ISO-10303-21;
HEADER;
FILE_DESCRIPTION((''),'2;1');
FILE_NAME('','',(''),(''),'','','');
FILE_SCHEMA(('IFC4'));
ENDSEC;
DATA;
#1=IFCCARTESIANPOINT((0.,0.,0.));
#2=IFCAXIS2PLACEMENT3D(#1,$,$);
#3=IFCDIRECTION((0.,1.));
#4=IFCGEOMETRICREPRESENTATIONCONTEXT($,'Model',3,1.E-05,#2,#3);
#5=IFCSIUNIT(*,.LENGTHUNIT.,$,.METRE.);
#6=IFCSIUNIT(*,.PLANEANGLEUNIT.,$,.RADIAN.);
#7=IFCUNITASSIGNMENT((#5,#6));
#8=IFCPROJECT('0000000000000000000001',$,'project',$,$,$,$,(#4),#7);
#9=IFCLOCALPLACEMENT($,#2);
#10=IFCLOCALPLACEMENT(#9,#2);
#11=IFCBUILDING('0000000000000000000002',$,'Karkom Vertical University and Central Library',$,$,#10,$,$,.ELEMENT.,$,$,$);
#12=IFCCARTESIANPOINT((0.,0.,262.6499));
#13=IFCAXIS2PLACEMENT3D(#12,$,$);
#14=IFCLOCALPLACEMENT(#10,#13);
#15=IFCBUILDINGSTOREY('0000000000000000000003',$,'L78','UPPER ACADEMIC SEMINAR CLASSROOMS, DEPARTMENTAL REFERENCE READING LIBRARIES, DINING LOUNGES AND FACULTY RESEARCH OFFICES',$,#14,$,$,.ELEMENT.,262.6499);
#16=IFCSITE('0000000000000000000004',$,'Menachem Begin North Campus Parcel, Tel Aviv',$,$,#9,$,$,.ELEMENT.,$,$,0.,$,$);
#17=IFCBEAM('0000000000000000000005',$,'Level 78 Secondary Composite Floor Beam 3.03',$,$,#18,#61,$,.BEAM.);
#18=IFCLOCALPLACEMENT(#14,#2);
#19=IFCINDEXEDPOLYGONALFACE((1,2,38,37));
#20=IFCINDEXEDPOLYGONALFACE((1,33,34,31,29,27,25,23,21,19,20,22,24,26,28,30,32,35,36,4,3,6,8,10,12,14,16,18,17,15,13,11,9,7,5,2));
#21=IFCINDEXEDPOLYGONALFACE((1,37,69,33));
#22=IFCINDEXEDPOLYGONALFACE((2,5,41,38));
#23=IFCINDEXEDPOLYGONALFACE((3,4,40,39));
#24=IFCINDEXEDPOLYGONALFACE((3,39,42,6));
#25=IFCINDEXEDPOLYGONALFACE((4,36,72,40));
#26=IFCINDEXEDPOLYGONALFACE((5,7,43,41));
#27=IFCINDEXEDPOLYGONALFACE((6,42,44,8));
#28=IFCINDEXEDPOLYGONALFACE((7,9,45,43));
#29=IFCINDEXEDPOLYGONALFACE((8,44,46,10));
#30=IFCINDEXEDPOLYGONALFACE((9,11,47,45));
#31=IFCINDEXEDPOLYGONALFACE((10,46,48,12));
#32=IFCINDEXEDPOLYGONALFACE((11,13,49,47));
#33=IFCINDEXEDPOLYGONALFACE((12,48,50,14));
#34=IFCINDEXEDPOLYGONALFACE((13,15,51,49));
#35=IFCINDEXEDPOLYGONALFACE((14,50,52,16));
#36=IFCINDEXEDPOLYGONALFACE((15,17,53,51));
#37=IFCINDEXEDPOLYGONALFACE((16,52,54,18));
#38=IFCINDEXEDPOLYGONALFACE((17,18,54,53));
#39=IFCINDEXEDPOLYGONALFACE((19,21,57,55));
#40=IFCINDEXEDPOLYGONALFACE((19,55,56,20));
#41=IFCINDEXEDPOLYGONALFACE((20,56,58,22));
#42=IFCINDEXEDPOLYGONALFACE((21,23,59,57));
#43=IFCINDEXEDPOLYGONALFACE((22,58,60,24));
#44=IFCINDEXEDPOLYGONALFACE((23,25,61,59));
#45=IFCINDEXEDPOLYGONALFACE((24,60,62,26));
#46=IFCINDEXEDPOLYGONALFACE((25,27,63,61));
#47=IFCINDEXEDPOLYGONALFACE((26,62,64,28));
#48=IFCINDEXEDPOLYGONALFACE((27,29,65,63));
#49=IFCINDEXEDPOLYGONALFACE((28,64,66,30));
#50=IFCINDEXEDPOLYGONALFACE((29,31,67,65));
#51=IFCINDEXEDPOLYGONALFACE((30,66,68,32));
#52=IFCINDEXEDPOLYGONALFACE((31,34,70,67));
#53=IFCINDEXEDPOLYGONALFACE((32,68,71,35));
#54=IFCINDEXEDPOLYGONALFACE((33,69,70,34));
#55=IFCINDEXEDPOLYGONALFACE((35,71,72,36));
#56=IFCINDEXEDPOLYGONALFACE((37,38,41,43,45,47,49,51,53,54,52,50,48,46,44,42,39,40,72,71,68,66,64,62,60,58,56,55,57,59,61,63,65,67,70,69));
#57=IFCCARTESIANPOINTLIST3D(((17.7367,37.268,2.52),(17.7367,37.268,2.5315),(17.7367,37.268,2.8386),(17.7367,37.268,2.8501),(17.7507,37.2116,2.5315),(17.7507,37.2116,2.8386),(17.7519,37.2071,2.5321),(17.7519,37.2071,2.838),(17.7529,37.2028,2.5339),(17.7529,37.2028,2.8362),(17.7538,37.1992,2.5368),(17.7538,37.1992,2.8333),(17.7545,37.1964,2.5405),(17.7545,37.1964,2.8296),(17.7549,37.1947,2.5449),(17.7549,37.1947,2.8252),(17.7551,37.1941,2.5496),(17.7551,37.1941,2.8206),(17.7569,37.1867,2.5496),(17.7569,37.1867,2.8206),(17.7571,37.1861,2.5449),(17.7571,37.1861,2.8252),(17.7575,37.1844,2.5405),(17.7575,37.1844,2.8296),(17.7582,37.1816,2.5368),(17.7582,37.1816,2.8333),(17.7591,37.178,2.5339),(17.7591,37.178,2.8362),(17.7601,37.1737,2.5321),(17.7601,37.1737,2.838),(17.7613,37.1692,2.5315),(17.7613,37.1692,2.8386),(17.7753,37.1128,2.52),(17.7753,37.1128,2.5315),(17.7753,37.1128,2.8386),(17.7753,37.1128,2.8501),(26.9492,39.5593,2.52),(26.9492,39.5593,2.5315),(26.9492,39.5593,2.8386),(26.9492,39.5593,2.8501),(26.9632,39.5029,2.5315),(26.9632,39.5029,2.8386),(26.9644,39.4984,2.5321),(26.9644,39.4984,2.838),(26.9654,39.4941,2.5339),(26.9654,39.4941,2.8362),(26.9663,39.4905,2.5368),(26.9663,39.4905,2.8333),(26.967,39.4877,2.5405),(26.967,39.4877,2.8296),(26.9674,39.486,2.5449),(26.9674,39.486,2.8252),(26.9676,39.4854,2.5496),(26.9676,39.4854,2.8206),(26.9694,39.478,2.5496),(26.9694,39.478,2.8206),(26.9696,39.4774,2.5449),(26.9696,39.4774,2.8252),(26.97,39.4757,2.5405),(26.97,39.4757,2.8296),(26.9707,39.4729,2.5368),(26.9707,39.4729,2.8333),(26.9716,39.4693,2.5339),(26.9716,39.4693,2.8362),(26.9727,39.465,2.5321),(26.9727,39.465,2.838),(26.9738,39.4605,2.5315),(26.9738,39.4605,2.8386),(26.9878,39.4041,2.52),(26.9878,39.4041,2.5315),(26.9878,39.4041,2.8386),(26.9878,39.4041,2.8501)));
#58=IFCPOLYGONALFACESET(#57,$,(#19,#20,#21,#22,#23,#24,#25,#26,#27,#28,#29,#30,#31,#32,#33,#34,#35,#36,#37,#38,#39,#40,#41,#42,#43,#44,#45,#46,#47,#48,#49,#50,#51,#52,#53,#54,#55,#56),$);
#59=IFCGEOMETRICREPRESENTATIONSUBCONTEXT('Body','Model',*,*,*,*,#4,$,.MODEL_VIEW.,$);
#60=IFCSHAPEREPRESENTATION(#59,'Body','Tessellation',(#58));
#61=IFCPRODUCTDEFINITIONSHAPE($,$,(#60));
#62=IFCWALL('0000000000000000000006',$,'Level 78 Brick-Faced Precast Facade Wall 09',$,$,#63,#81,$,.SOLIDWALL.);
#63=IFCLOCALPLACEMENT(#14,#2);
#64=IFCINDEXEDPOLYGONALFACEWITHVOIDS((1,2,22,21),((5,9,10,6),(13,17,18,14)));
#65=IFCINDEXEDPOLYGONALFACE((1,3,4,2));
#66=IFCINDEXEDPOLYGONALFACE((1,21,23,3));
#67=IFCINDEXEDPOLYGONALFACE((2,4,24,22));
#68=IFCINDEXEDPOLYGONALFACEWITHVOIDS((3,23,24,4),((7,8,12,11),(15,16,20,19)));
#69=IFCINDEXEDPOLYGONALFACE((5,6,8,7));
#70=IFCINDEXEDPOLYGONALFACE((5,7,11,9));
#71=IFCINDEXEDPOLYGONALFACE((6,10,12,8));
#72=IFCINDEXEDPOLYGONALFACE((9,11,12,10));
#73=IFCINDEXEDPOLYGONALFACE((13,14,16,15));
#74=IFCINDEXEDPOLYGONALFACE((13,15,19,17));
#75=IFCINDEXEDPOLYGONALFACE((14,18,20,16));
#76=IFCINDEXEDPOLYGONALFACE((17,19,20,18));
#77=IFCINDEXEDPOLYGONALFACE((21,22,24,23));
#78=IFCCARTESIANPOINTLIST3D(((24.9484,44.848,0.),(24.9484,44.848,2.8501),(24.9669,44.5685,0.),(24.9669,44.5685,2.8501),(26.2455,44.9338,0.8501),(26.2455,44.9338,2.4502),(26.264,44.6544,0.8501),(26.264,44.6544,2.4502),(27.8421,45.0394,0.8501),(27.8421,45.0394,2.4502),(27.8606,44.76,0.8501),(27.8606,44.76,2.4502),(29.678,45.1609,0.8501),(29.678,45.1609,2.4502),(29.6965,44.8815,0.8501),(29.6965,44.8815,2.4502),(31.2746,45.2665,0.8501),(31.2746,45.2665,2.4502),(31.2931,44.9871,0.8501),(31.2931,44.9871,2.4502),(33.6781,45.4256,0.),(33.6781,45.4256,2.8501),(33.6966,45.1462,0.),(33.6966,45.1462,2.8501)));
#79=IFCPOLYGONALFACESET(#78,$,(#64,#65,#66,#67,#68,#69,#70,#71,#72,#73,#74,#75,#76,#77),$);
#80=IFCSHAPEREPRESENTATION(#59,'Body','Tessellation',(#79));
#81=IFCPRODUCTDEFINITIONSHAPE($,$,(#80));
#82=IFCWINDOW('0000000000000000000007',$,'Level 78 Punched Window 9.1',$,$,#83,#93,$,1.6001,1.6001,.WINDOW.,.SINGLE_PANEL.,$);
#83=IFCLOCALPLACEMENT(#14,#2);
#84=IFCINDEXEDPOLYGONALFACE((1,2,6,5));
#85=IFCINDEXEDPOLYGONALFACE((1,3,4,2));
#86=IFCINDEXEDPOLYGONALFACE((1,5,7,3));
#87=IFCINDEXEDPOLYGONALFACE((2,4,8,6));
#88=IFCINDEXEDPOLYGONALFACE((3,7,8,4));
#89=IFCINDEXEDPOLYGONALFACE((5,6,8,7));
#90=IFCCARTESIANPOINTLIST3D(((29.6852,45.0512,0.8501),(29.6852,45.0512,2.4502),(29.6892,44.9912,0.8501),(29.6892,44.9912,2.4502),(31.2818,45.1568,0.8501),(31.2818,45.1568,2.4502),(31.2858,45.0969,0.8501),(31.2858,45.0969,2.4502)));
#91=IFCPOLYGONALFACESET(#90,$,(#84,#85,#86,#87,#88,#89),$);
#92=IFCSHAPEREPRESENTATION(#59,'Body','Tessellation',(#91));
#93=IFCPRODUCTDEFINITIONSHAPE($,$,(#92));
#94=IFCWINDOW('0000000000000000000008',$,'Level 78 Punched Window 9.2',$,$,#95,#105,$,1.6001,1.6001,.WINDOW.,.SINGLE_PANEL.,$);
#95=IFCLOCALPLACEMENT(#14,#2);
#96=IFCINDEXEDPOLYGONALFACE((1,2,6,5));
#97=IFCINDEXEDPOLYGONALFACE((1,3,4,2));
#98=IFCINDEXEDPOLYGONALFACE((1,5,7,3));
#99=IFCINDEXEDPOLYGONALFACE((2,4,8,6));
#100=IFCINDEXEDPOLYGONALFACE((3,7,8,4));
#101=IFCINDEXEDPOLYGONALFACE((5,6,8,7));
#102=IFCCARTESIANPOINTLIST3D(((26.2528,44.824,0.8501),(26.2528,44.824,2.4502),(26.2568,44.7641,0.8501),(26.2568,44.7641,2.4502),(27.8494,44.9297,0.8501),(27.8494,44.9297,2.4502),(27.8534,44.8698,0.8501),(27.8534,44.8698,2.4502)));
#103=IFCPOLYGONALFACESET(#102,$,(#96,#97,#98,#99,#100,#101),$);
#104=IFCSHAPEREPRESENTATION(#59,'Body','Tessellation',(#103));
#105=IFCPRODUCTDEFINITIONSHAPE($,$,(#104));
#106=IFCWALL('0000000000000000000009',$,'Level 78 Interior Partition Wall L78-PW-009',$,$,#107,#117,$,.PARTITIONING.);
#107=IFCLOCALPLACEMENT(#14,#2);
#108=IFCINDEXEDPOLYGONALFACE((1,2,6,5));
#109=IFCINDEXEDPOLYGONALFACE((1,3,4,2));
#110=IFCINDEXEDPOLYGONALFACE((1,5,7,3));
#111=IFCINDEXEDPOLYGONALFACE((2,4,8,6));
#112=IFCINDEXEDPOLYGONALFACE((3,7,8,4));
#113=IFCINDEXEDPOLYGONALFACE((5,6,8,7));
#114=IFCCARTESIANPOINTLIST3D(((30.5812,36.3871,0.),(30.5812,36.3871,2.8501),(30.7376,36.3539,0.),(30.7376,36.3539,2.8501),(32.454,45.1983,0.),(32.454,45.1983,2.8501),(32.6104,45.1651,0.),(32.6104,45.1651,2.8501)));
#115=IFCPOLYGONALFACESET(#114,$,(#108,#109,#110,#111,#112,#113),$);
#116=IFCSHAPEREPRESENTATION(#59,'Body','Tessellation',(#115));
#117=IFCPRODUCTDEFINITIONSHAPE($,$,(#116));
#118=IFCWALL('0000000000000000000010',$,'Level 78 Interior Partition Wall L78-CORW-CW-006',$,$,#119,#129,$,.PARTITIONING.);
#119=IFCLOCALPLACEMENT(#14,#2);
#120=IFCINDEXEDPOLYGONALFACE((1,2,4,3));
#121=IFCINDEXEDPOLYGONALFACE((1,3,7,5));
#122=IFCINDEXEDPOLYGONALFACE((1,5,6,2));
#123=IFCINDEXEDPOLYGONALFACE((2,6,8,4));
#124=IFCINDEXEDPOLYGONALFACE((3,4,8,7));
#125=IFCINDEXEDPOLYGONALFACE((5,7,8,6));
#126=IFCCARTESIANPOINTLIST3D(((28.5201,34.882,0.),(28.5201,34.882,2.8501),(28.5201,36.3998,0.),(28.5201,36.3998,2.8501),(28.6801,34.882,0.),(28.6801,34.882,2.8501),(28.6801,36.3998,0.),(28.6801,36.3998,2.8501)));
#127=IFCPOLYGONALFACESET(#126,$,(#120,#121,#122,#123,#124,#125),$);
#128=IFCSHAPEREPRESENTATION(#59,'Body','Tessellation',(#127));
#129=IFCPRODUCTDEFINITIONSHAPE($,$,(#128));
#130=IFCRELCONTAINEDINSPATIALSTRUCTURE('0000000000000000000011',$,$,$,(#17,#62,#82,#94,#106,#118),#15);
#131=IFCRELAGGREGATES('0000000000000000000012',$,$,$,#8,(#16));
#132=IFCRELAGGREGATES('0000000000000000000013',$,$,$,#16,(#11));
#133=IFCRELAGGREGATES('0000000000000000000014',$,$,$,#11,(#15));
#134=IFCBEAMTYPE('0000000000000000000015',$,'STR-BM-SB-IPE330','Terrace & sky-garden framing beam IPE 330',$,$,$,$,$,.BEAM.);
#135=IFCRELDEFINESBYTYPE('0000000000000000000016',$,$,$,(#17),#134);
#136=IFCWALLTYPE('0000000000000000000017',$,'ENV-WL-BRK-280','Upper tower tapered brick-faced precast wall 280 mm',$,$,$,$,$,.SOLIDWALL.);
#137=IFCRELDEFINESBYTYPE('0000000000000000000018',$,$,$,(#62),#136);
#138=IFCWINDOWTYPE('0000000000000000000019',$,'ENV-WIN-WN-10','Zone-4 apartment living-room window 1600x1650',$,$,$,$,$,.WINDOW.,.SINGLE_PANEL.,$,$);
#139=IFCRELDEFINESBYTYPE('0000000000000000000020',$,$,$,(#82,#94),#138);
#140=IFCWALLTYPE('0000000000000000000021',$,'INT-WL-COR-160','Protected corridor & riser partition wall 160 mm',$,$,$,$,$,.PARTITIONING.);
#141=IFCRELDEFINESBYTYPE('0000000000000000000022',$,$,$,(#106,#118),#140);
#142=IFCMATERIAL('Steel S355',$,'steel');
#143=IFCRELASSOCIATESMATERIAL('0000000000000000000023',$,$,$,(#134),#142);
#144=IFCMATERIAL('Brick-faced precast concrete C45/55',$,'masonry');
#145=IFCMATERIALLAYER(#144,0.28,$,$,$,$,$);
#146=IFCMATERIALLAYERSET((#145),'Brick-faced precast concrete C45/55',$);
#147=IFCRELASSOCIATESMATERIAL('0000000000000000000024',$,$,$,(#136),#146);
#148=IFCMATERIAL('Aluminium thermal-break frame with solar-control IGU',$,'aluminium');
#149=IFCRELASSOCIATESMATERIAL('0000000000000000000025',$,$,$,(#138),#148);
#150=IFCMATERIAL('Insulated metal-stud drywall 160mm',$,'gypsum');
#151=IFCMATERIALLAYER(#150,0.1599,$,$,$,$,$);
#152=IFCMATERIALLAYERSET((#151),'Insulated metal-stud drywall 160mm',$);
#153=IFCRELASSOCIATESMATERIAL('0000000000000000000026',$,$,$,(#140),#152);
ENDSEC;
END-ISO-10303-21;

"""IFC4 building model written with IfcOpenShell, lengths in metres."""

from ifc_helpers import new_model, si_unit, direction, frame, frame_2d, origin, origin_with_axes, origin_2d, place, context, subcontext, project, spatial, rectangle, i_section, extrude, source, transform, mapped, material, layer, layer_set, material_profile, profile_set, type_object, element, fill, save


model = new_model("IFC4")

# Units and contexts
model_context = context("Model", 3, precision=1e-05, world=origin(), true_north=direction((0.0, 1.0)))
body_context = subcontext(model_context, "Body", "Model", "MODEL_VIEW")
ifc_project = project(units=[si_unit("LENGTHUNIT", "METRE"), si_unit("PLANEANGLEUNIT", "RADIAN")], contexts=[model_context])

# Site, building, storey
site_placement = place(None, origin())
site = spatial("IfcSite", under=ifc_project, at=site_placement, Name="Menachem Begin North Campus Parcel, Tel Aviv", CompositionType="ELEMENT", RefElevation=0.0)
building_placement = place(site_placement, origin())
building = spatial("IfcBuilding", under=site, at=building_placement, Name="Karkom Vertical University and Central Library", CompositionType="ELEMENT")
storey_placement = place(building_placement, frame((0.0, 0.0, 262.6499)))
storey = spatial("IfcBuildingStorey", under=building, at=storey_placement, Name="L78", Description="UPPER ACADEMIC SEMINAR CLASSROOMS, DEPARTMENTAL REFERENCE READING LIBRARIES, DINING LOUNGES AND FACULTY RESEARCH OFFICES", CompositionType="ELEMENT", Elevation=262.6499)

# Beam
ifc_material_1 = material(Name="Steel S355", Category="steel")
ifc_material_profile_1 = material_profile(ifc_material_1, i_section(OverallWidth=0.1599, OverallDepth=0.3301, WebThickness=0.0076, FlangeThickness=0.0115, FilletRadius=0.0181, at=origin_2d()), Name="IPE 330")
ifc_profile_set_1 = profile_set([ifc_material_profile_1], Name="Steel S355")
beam_type_1 = type_object("IfcBeamType", Name="STR-BM-SB-IPE330", Description="Terrace & sky-garden framing beam IPE 330", PredefinedType="BEAM", material=ifc_profile_set_1)
shared_shape_1 = source(origin_with_axes(), body_context, "Body", "SweptSolid", [
    extrude(i_section(OverallWidth=0.1599, OverallDepth=0.3301, WebThickness=0.0076, FlangeThickness=0.0115, FilletRadius=0.0181, at=origin_2d()), origin(), (0.0, 0.0, 1.0), 9.4932),
])
beam_1_placement = place(storey_placement, frame((26.9685, 39.4817, 2.6851), z_axis=(-0.970435, -0.241362, 0.0), x_axis=(0.241362, -0.970435, 0.0)))
element("IfcBeam", 1, at=beam_1_placement, inside=storey, type_object=beam_type_1, Name="Level 78 Secondary Composite Floor Beam 3.03", PredefinedType="BEAM", context=body_context, shape_type="MappedRepresentation", body=[
    mapped(shared_shape_1, transform((0.0, 0.0, 0.0), scale=1.0)),
])

# Wall, openings, windows
ifc_material_2 = material(Name="Brick-faced precast concrete C45/55", Category="masonry")
ifc_layer_1 = layer(ifc_material_2, 0.28)
ifc_layer_set_1 = layer_set([ifc_layer_1], Name="Brick-faced precast concrete C45/55")
wall_type_1 = type_object("IfcWallType", Name="ENV-WL-BRK-280", Description="Upper tower tapered brick-faced precast wall 280 mm", PredefinedType="SOLIDWALL", material=ifc_layer_set_1)
wall_1_placement = place(storey_placement, frame((33.6875, 45.2859, 0.0), z_axis=(0.0, 0.0, 1.0), x_axis=(-0.997818, -0.066024, 0.0)))
wall_1 = element("IfcWall", 2, at=wall_1_placement, inside=storey, type_object=wall_type_1, Name="Level 78 Brick-Faced Precast Facade Wall 09", PredefinedType="SOLIDWALL", context=body_context, shape_type="SweptSolid", body=[
    extrude(rectangle(XDim=8.7488, YDim=0.28, at=frame_2d((4.3745, 0.0))), origin(), (0.0, 0.0, 1.0), 2.8501),
])
opening_1_placement = place(wall_1_placement, frame((2.4089, 0.0, 0.8501)))
opening_1 = element("IfcOpeningElement", 3, at=opening_1_placement, cuts=wall_1, PredefinedType="OPENING", context=body_context, shape_type="SweptSolid", body=[
    extrude(rectangle(XDim=1.6001, YDim=1.6001, at=frame_2d((0.8, 0.8))), frame((0.0, 0.1499, 0.0), z_axis=(0.0, -1.0, 0.0), x_axis=(1.0, 0.0, 0.0)), (0.0, 0.0, 1.0), 0.3),
])
opening_2_placement = place(wall_1_placement, frame((5.8489, 0.0, 0.8501)))
opening_2 = element("IfcOpeningElement", 4, at=opening_2_placement, cuts=wall_1, PredefinedType="OPENING", context=body_context, shape_type="SweptSolid", body=[
    extrude(rectangle(XDim=1.6001, YDim=1.6001, at=frame_2d((0.8, 0.8))), frame((0.0, 0.1499, 0.0), z_axis=(0.0, -1.0, 0.0), x_axis=(1.0, 0.0, 0.0)), (0.0, 0.0, 1.0), 0.3),
])
ifc_material_3 = material(Name="Aluminium thermal-break frame with solar-control IGU", Category="aluminium")
window_type = type_object("IfcWindowType", Name="ENV-WIN-WN-10", Description="Zone-4 apartment living-room window 1600x1650", PartitioningType="SINGLE_PANEL", PredefinedType="WINDOW", material=ifc_material_3)
shared_shape_2 = source(origin_with_axes(), body_context, "Body", "SweptSolid", [
    extrude(rectangle(XDim=1.6001, YDim=1.6001, at=frame_2d((0.8, 0.8))), frame((0.0, 0.03, 0.0), z_axis=(0.0, -1.0, 0.0), x_axis=(1.0, 0.0, 0.0)), (0.0, 0.0, 1.0), 0.0601),
])
window_1_placement = place(opening_1_placement, origin())
window_1 = element("IfcWindow", 5, at=window_1_placement, inside=storey, type_object=window_type, Name="Level 78 Punched Window 9.1", OverallHeight=1.6001, OverallWidth=1.6001, PartitioningType="SINGLE_PANEL", PredefinedType="WINDOW", context=body_context, shape_type="MappedRepresentation", body=[
    mapped(shared_shape_2, transform((0.0, 0.0, 0.0), scale=1.0)),
])
fill(opening_1, window_1)
window_2_placement = place(opening_2_placement, origin())
window_2 = element("IfcWindow", 6, at=window_2_placement, inside=storey, type_object=window_type, Name="Level 78 Punched Window 9.2", OverallHeight=1.6001, OverallWidth=1.6001, PartitioningType="SINGLE_PANEL", PredefinedType="WINDOW", context=body_context, shape_type="MappedRepresentation", body=[
    mapped(shared_shape_2, transform((0.0, 0.0, 0.0), scale=1.0)),
])
fill(opening_2, window_2)

# Wall
ifc_material_4 = material(Name="Insulated metal-stud drywall 160mm", Category="gypsum")
ifc_layer_2 = layer(ifc_material_4, 0.1599)
ifc_layer_set_2 = layer_set([ifc_layer_2], Name="Insulated metal-stud drywall 160mm")
wall_type_2 = type_object("IfcWallType", Name="INT-WL-COR-160", Description="Protected corridor & riser partition wall 160 mm", PredefinedType="PARTITIONING", material=ifc_layer_set_2)
wall_2_placement = place(storey_placement, frame((30.6594, 36.3706, 0.0), z_axis=(0.0, 0.0, 1.0), x_axis=(0.207902, 0.97815, 0.0)))
element("IfcWall", 7, at=wall_2_placement, inside=storey, type_object=wall_type_2, Name="Level 78 Interior Partition Wall L78-PW-009", PredefinedType="PARTITIONING", context=body_context, shape_type="SweptSolid", body=[
    extrude(rectangle(XDim=9.0081, YDim=0.1599, at=frame_2d((4.5039, 0.0))), origin(), (0.0, 0.0, 1.0), 2.8501),
])

# Wall
wall_3_placement = place(storey_placement, frame((28.6001, 34.8821, 0.0), z_axis=(0.0, 0.0, 1.0), x_axis=(0.0, 1.0, 0.0)))
element("IfcWall", 8, at=wall_3_placement, inside=storey, type_object=wall_type_2, Name="Level 78 Interior Partition Wall L78-CORW-CW-006", PredefinedType="PARTITIONING", context=body_context, shape_type="SweptSolid", body=[
    extrude(rectangle(XDim=1.5178, YDim=0.1599, at=frame_2d((0.7588, 0.0))), origin(), (0.0, 0.0, 1.0), 2.8501),
])

save(model, "model.ifc")
